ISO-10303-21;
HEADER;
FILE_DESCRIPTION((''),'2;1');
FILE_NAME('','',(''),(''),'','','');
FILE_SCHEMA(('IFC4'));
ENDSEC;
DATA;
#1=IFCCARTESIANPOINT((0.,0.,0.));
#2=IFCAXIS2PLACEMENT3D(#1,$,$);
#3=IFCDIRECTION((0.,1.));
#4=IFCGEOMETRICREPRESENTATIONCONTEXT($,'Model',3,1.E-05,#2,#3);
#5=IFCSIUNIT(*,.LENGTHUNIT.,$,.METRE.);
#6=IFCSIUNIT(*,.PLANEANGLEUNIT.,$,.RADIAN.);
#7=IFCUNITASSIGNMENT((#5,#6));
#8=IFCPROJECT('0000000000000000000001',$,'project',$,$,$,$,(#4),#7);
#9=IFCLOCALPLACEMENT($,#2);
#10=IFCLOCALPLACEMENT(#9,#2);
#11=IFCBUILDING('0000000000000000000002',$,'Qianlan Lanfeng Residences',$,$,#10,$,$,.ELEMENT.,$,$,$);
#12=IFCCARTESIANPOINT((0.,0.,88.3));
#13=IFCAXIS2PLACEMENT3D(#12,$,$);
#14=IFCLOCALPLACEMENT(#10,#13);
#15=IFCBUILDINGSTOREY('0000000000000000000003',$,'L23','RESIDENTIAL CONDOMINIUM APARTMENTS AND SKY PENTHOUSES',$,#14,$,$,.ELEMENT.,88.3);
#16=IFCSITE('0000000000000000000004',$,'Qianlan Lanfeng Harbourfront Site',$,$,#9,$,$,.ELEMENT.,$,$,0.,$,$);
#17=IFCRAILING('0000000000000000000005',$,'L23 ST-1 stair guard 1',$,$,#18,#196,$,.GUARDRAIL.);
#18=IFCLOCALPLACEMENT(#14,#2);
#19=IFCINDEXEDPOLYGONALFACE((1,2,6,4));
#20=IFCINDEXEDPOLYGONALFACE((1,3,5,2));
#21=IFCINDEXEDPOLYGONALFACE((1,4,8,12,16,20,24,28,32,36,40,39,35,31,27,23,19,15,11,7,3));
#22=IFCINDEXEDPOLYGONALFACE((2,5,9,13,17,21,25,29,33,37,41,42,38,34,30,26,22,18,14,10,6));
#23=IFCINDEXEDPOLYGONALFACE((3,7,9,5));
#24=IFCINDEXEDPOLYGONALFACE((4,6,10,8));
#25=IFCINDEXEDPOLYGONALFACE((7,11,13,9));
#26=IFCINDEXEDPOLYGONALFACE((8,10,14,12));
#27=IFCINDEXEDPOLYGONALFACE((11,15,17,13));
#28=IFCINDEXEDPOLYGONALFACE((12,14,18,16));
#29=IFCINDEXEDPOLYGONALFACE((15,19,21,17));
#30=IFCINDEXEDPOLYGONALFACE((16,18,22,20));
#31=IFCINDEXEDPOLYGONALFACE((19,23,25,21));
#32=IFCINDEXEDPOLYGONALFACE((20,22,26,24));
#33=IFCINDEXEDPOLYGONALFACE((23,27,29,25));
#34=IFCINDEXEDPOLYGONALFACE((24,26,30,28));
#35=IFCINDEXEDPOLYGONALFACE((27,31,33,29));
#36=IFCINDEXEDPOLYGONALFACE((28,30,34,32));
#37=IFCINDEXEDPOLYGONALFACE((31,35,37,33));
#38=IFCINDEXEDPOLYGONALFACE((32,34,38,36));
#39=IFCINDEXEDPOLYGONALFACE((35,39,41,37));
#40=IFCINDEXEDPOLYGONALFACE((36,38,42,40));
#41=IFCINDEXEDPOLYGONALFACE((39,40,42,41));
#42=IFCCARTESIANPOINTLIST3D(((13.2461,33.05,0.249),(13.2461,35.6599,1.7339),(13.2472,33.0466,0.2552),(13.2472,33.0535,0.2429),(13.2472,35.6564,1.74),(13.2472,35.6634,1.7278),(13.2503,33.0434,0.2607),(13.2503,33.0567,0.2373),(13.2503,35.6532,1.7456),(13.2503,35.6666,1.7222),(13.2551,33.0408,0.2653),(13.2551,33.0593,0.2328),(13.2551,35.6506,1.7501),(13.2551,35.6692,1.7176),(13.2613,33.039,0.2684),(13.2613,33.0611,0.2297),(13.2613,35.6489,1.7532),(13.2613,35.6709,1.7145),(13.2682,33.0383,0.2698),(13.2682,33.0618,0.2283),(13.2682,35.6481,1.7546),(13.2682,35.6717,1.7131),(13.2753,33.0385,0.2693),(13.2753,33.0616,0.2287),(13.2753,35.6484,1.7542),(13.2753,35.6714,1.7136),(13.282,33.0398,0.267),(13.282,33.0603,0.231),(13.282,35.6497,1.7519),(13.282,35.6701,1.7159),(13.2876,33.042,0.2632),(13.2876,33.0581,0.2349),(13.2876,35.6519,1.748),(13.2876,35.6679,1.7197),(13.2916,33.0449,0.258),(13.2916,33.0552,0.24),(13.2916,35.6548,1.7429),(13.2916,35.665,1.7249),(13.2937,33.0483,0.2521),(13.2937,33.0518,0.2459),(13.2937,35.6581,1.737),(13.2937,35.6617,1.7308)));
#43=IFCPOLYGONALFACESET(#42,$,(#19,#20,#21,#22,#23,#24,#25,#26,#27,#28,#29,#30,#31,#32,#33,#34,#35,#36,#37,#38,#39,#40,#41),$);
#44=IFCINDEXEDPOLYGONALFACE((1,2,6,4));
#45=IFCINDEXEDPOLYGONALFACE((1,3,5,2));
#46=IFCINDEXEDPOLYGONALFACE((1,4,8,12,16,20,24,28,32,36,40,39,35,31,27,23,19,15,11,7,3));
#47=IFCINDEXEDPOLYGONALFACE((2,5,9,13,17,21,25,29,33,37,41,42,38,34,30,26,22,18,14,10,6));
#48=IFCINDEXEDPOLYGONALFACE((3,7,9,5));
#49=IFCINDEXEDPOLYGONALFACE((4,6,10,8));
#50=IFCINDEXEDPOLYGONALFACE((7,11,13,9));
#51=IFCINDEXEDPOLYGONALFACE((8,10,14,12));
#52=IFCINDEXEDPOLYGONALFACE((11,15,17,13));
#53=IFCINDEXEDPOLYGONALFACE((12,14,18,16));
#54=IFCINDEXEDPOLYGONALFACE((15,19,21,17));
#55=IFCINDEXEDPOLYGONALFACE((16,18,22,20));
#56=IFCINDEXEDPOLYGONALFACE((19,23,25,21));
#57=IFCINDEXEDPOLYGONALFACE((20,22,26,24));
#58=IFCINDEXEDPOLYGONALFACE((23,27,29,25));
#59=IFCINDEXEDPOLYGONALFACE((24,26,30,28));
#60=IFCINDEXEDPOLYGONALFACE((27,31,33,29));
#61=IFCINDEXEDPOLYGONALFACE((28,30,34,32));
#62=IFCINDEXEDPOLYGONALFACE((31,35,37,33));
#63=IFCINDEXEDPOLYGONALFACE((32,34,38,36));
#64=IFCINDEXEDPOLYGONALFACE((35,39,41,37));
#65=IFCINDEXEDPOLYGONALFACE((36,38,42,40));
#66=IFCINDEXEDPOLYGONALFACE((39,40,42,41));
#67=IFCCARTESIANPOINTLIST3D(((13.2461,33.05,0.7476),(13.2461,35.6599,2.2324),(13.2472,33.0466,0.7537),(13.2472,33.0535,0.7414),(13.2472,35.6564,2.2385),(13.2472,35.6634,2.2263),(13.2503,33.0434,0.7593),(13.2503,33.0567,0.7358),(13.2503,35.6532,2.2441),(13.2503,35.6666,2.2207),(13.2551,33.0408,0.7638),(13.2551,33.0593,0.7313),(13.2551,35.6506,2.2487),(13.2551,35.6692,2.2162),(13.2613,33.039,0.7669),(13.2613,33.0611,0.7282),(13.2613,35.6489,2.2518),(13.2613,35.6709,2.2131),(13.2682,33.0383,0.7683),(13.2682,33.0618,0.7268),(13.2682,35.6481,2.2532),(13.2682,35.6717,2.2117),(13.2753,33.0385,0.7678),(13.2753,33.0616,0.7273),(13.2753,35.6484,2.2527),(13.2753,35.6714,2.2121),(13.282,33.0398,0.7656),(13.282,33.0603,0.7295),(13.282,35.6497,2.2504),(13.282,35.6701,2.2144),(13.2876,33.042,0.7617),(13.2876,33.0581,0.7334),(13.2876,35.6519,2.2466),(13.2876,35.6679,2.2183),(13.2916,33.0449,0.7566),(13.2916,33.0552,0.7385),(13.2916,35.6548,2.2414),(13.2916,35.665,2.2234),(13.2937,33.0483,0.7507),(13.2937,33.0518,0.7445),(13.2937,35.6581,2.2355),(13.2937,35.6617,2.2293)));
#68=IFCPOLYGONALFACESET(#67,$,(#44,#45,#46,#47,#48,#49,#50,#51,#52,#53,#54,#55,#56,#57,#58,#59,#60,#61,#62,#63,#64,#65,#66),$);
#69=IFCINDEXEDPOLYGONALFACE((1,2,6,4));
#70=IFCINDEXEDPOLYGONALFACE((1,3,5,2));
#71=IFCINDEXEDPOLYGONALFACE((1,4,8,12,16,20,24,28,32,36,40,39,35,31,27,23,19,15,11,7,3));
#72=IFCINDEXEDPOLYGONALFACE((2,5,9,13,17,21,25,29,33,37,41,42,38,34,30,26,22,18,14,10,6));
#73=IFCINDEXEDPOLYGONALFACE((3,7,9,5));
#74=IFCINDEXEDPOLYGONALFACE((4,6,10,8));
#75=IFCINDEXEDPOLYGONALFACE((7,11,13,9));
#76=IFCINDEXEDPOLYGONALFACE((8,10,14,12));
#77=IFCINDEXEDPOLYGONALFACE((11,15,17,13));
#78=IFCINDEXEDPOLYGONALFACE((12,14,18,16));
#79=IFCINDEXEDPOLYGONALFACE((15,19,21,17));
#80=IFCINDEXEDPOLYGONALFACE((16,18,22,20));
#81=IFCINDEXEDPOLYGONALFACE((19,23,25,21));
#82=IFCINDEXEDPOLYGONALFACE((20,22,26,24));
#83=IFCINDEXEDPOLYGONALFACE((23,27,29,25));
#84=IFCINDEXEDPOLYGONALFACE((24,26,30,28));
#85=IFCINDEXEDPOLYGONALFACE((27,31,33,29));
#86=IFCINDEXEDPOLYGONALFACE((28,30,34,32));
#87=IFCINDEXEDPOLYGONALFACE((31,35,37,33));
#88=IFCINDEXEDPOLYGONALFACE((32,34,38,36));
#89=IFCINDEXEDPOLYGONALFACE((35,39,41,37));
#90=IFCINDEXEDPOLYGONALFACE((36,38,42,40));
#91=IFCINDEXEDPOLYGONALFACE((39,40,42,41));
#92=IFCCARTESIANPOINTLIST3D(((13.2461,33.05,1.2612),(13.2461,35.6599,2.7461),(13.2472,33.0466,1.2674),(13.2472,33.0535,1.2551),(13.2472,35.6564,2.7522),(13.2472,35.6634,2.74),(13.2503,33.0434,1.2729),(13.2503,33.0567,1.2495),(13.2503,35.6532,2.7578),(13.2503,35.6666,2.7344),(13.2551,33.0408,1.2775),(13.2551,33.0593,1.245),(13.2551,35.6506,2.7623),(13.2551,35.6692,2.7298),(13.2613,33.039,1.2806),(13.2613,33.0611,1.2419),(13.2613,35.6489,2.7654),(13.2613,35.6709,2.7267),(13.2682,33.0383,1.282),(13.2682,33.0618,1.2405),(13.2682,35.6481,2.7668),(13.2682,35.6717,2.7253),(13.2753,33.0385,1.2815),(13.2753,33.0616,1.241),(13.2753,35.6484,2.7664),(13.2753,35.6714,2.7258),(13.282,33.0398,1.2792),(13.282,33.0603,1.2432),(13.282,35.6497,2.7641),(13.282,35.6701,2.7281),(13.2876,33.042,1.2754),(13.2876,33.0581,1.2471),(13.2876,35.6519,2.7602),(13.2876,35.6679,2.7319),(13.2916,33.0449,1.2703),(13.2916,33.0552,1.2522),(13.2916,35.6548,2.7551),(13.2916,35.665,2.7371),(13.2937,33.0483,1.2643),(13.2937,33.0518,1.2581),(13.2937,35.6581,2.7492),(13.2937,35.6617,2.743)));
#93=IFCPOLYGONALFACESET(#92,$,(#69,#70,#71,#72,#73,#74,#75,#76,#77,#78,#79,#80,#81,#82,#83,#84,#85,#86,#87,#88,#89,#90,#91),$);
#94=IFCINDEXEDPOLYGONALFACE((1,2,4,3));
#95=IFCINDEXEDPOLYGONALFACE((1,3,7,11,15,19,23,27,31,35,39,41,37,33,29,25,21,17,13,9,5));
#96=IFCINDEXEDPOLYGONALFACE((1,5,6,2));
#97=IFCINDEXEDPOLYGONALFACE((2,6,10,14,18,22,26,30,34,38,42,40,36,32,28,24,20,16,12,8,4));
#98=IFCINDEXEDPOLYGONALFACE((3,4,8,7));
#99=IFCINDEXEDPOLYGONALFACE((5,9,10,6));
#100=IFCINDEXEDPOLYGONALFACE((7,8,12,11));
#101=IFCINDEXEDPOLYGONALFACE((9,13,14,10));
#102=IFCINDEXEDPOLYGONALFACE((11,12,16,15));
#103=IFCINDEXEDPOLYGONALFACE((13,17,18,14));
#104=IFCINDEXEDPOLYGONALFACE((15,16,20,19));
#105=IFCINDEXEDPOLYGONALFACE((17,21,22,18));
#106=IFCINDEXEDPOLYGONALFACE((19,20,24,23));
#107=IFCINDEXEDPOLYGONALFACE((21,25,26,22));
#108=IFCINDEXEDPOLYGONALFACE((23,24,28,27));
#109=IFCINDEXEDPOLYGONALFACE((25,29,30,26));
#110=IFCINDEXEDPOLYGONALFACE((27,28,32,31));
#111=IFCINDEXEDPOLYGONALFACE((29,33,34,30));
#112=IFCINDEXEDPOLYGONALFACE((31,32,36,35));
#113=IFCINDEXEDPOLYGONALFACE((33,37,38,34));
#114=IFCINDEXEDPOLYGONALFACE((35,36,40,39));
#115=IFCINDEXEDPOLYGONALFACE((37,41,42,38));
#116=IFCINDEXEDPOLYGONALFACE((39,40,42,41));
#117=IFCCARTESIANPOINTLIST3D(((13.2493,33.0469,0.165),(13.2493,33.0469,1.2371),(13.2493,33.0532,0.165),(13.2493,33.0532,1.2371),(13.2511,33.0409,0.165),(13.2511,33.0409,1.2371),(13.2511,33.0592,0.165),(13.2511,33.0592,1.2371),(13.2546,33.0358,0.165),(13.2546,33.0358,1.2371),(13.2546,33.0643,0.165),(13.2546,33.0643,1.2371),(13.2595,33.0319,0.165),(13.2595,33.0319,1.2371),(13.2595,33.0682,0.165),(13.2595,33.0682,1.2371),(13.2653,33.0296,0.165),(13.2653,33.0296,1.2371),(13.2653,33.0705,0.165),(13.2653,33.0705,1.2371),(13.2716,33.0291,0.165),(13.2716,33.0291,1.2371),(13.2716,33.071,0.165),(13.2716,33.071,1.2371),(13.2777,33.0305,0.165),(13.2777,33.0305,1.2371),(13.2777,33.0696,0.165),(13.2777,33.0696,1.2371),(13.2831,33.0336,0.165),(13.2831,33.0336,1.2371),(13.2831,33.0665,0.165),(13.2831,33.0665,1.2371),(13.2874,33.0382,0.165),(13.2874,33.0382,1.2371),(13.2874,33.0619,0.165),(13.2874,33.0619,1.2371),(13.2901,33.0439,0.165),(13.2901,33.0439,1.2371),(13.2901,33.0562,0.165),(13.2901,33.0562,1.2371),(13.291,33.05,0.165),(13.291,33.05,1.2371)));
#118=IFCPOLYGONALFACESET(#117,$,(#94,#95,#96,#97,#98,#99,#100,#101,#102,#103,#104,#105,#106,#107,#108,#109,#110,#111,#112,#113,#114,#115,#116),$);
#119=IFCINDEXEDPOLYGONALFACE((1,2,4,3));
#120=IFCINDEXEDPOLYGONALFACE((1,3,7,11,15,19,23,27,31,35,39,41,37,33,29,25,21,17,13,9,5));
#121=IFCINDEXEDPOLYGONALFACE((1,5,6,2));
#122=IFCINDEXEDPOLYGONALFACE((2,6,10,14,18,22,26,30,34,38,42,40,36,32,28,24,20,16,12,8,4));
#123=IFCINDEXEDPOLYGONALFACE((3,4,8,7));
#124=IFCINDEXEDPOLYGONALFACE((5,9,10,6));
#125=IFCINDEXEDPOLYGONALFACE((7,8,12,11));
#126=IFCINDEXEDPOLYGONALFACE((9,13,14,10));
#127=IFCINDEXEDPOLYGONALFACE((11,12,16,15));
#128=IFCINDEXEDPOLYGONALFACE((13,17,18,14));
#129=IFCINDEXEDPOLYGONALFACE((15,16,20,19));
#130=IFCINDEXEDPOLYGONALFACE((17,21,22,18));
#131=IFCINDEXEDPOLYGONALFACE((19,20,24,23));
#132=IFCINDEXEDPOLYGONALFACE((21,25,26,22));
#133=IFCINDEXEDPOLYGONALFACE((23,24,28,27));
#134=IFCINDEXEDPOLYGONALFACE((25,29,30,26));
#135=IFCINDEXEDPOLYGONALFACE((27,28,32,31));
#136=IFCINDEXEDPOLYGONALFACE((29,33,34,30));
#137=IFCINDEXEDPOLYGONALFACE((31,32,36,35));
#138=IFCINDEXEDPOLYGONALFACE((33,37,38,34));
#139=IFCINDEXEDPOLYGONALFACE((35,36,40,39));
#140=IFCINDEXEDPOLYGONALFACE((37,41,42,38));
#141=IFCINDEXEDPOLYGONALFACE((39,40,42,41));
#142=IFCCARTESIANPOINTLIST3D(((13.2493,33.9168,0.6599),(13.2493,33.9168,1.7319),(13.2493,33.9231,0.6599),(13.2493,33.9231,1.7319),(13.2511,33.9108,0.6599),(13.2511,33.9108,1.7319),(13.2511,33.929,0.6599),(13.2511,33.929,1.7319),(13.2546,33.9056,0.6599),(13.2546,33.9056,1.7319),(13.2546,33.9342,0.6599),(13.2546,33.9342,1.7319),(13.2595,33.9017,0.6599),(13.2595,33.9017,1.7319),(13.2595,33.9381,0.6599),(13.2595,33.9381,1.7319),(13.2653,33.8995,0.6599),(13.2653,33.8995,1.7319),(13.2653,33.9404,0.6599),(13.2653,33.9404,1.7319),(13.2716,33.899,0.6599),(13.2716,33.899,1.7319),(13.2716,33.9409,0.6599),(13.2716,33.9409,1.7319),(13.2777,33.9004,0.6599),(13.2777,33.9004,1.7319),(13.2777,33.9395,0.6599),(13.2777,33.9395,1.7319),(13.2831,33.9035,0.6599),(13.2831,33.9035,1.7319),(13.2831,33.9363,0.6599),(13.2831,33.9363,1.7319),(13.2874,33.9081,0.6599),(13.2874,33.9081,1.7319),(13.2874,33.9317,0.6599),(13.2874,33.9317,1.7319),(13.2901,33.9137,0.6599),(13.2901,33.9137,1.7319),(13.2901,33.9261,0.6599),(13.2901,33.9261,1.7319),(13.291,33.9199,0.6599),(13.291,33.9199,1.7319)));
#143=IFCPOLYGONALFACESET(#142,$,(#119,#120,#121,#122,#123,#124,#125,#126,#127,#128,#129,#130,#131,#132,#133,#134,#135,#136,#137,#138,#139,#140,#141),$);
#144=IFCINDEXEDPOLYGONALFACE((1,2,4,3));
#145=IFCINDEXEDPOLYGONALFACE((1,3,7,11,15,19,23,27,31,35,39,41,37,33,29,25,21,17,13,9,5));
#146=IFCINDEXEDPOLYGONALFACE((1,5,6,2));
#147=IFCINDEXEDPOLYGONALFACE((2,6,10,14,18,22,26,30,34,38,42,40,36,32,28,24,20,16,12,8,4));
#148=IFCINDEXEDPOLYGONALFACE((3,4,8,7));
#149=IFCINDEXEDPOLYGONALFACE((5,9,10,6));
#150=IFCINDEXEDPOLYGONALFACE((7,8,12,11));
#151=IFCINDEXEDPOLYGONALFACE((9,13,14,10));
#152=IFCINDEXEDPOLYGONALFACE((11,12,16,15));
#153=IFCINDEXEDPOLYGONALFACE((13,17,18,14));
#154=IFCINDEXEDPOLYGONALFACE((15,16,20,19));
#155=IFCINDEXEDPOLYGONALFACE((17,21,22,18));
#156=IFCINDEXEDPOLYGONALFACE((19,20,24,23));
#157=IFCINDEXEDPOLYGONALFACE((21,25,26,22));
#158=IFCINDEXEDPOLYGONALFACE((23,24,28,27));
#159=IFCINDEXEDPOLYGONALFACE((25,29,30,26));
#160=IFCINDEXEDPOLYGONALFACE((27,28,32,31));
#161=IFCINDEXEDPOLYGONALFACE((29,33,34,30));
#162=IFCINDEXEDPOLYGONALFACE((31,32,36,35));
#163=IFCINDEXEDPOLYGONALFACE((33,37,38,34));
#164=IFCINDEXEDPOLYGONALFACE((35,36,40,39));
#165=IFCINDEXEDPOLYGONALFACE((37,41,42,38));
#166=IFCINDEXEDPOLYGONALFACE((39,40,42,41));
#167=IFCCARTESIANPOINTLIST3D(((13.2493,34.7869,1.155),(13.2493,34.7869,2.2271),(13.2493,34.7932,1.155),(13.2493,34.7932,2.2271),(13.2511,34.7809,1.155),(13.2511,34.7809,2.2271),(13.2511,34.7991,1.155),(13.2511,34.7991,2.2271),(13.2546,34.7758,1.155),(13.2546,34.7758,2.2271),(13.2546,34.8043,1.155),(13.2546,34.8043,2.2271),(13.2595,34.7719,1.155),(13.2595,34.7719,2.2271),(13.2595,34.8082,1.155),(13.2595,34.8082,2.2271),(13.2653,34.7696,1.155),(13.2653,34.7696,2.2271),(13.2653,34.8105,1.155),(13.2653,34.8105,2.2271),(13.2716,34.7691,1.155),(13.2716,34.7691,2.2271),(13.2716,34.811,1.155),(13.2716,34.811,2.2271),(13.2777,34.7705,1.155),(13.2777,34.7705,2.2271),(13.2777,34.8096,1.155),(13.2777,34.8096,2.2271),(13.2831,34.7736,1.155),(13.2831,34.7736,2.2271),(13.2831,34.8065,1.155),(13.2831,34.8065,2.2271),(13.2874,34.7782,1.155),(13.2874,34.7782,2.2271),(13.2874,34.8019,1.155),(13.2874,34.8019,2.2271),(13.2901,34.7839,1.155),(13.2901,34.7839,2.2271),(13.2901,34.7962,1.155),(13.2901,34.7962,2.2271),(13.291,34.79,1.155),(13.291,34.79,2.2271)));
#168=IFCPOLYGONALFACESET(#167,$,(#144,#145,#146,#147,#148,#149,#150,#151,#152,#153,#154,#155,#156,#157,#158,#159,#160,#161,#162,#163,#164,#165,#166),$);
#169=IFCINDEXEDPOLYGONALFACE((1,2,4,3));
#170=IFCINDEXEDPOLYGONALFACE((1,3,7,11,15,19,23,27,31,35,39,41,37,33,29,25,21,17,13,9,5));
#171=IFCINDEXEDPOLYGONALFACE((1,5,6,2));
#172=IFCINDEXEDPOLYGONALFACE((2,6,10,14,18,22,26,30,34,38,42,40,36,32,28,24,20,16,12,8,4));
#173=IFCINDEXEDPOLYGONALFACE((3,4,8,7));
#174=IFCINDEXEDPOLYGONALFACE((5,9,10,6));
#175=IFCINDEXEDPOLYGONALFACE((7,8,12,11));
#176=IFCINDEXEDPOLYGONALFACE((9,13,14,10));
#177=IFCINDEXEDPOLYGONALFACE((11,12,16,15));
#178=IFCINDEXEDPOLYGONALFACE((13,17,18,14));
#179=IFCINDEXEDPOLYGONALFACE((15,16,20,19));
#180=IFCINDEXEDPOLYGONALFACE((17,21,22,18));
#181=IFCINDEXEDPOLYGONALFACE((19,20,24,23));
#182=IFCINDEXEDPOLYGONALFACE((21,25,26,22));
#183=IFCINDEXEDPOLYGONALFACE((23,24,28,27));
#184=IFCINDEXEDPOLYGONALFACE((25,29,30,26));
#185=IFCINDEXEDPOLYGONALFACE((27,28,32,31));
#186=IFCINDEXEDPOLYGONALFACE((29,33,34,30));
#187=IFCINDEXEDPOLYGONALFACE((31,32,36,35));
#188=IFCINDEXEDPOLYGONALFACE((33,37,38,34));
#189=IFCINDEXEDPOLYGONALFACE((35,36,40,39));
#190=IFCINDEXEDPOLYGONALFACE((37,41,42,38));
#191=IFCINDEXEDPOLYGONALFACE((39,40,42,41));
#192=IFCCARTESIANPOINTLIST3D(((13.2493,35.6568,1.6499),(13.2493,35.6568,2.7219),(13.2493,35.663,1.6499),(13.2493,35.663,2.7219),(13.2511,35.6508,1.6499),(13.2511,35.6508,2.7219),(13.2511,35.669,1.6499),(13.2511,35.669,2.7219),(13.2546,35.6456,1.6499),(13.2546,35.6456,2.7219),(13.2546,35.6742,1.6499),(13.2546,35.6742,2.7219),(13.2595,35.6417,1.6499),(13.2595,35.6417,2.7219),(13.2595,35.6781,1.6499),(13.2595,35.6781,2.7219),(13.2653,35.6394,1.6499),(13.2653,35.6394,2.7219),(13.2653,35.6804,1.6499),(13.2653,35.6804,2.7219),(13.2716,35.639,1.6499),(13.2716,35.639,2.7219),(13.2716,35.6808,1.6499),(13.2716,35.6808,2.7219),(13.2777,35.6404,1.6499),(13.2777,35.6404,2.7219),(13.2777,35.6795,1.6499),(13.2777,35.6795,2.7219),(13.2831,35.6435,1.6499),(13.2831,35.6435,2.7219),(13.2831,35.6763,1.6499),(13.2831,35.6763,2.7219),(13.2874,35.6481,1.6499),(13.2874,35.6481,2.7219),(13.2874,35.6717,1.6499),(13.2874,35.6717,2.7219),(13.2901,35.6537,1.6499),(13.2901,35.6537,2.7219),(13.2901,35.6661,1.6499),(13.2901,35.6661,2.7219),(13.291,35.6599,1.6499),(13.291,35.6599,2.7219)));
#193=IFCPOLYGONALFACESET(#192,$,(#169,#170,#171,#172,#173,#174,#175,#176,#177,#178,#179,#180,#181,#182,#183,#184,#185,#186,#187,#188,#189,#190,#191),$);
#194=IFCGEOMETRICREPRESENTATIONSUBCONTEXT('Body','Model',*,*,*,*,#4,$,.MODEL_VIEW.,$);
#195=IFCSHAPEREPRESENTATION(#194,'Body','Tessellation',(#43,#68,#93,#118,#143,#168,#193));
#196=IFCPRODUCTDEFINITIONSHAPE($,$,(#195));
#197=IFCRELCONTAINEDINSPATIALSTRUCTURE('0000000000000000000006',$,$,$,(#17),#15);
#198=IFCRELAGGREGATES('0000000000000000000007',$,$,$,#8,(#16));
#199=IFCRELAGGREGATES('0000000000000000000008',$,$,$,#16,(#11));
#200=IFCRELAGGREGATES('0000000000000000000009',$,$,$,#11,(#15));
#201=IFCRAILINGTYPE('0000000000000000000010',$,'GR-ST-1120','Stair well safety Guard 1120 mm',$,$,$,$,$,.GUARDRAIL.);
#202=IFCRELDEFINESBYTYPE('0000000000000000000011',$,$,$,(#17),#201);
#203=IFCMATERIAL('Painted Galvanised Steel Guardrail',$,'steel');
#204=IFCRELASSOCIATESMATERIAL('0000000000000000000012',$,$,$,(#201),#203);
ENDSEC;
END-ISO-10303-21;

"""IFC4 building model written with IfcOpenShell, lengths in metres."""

from ifc_helpers import new_model, si_unit, direction, frame, origin, origin_2d, place, context, subcontext, project, spatial, circle, extrude, material, type_object, element, save


model = new_model("IFC4")

# Units and contexts
model_context = context("Model", 3, precision=1e-05, world=origin(), true_north=direction((0.0, 1.0)))
body_context = subcontext(model_context, "Body", "Model", "MODEL_VIEW")
ifc_project = project(units=[si_unit("LENGTHUNIT", "METRE"), si_unit("PLANEANGLEUNIT", "RADIAN")], contexts=[model_context])

# Site, building, storey
site_placement = place(None, origin())
site = spatial("IfcSite", under=ifc_project, at=site_placement, Name="Qianlan Lanfeng Harbourfront Site", CompositionType="ELEMENT", RefElevation=0.0)
building_placement = place(site_placement, origin())
building = spatial("IfcBuilding", under=site, at=building_placement, Name="Qianlan Lanfeng Residences", CompositionType="ELEMENT")
storey_placement = place(building_placement, frame((0.0, 0.0, 88.3)))
storey = spatial("IfcBuildingStorey", under=building, at=storey_placement, Name="L23", Description="RESIDENTIAL CONDOMINIUM APARTMENTS AND SKY PENTHOUSES", CompositionType="ELEMENT", Elevation=88.3)

# Railing
ifc_material_1 = material(Name="Painted Galvanised Steel Guardrail", Category="steel")
railing_type_1 = type_object("IfcRailingType", Name="GR-ST-1120", Description="Stair well safety Guard 1120 mm", PredefinedType="GUARDRAIL", material=ifc_material_1)
railing_1_placement = place(storey_placement, frame((13.27, 33.05, 0.165)))
element("IfcRailing", 1, at=railing_1_placement, inside=storey, type_object=railing_type_1, Name="L23 ST-1 stair guard 1", PredefinedType="GUARDRAIL", context=body_context, shape_type="SweptSolid", body=[
    extrude(circle(Radius=0.0239, at=origin_2d()), frame((0.0, 0.0, 0.084), z_axis=(0.0, 0.869172, 0.494509), x_axis=(-1.0, 0.0, 0.0)), (0.0, 0.0, 1.0), 3.0027),
    extrude(circle(Radius=0.0239, at=origin_2d()), frame((0.0, 0.0, 0.5825), z_axis=(0.0, 0.869172, 0.494509), x_axis=(-1.0, 0.0, 0.0)), (0.0, 0.0, 1.0), 3.0027),
    extrude(circle(Radius=0.0239, at=origin_2d()), frame((0.0, 0.0, 1.0962), z_axis=(0.0, 0.869172, 0.494509), x_axis=(-1.0, 0.0, 0.0)), (0.0, 0.0, 1.0), 3.0027),
    extrude(circle(Radius=0.021, at=origin_2d()), origin(), (0.0, 0.0, 1.0), 1.072),
    extrude(circle(Radius=0.021, at=origin_2d()), frame((0.0, 0.8699, 0.4949)), (0.0, 0.0, 1.0), 1.072),
    extrude(circle(Radius=0.021, at=origin_2d()), frame((0.0, 1.74, 0.99)), (0.0, 0.0, 1.0), 1.072),
    extrude(circle(Radius=0.021, at=origin_2d()), frame((0.0, 2.6099, 1.4849)), (0.0, 0.0, 1.0), 1.072),
])

save(model, "model.ifc")
